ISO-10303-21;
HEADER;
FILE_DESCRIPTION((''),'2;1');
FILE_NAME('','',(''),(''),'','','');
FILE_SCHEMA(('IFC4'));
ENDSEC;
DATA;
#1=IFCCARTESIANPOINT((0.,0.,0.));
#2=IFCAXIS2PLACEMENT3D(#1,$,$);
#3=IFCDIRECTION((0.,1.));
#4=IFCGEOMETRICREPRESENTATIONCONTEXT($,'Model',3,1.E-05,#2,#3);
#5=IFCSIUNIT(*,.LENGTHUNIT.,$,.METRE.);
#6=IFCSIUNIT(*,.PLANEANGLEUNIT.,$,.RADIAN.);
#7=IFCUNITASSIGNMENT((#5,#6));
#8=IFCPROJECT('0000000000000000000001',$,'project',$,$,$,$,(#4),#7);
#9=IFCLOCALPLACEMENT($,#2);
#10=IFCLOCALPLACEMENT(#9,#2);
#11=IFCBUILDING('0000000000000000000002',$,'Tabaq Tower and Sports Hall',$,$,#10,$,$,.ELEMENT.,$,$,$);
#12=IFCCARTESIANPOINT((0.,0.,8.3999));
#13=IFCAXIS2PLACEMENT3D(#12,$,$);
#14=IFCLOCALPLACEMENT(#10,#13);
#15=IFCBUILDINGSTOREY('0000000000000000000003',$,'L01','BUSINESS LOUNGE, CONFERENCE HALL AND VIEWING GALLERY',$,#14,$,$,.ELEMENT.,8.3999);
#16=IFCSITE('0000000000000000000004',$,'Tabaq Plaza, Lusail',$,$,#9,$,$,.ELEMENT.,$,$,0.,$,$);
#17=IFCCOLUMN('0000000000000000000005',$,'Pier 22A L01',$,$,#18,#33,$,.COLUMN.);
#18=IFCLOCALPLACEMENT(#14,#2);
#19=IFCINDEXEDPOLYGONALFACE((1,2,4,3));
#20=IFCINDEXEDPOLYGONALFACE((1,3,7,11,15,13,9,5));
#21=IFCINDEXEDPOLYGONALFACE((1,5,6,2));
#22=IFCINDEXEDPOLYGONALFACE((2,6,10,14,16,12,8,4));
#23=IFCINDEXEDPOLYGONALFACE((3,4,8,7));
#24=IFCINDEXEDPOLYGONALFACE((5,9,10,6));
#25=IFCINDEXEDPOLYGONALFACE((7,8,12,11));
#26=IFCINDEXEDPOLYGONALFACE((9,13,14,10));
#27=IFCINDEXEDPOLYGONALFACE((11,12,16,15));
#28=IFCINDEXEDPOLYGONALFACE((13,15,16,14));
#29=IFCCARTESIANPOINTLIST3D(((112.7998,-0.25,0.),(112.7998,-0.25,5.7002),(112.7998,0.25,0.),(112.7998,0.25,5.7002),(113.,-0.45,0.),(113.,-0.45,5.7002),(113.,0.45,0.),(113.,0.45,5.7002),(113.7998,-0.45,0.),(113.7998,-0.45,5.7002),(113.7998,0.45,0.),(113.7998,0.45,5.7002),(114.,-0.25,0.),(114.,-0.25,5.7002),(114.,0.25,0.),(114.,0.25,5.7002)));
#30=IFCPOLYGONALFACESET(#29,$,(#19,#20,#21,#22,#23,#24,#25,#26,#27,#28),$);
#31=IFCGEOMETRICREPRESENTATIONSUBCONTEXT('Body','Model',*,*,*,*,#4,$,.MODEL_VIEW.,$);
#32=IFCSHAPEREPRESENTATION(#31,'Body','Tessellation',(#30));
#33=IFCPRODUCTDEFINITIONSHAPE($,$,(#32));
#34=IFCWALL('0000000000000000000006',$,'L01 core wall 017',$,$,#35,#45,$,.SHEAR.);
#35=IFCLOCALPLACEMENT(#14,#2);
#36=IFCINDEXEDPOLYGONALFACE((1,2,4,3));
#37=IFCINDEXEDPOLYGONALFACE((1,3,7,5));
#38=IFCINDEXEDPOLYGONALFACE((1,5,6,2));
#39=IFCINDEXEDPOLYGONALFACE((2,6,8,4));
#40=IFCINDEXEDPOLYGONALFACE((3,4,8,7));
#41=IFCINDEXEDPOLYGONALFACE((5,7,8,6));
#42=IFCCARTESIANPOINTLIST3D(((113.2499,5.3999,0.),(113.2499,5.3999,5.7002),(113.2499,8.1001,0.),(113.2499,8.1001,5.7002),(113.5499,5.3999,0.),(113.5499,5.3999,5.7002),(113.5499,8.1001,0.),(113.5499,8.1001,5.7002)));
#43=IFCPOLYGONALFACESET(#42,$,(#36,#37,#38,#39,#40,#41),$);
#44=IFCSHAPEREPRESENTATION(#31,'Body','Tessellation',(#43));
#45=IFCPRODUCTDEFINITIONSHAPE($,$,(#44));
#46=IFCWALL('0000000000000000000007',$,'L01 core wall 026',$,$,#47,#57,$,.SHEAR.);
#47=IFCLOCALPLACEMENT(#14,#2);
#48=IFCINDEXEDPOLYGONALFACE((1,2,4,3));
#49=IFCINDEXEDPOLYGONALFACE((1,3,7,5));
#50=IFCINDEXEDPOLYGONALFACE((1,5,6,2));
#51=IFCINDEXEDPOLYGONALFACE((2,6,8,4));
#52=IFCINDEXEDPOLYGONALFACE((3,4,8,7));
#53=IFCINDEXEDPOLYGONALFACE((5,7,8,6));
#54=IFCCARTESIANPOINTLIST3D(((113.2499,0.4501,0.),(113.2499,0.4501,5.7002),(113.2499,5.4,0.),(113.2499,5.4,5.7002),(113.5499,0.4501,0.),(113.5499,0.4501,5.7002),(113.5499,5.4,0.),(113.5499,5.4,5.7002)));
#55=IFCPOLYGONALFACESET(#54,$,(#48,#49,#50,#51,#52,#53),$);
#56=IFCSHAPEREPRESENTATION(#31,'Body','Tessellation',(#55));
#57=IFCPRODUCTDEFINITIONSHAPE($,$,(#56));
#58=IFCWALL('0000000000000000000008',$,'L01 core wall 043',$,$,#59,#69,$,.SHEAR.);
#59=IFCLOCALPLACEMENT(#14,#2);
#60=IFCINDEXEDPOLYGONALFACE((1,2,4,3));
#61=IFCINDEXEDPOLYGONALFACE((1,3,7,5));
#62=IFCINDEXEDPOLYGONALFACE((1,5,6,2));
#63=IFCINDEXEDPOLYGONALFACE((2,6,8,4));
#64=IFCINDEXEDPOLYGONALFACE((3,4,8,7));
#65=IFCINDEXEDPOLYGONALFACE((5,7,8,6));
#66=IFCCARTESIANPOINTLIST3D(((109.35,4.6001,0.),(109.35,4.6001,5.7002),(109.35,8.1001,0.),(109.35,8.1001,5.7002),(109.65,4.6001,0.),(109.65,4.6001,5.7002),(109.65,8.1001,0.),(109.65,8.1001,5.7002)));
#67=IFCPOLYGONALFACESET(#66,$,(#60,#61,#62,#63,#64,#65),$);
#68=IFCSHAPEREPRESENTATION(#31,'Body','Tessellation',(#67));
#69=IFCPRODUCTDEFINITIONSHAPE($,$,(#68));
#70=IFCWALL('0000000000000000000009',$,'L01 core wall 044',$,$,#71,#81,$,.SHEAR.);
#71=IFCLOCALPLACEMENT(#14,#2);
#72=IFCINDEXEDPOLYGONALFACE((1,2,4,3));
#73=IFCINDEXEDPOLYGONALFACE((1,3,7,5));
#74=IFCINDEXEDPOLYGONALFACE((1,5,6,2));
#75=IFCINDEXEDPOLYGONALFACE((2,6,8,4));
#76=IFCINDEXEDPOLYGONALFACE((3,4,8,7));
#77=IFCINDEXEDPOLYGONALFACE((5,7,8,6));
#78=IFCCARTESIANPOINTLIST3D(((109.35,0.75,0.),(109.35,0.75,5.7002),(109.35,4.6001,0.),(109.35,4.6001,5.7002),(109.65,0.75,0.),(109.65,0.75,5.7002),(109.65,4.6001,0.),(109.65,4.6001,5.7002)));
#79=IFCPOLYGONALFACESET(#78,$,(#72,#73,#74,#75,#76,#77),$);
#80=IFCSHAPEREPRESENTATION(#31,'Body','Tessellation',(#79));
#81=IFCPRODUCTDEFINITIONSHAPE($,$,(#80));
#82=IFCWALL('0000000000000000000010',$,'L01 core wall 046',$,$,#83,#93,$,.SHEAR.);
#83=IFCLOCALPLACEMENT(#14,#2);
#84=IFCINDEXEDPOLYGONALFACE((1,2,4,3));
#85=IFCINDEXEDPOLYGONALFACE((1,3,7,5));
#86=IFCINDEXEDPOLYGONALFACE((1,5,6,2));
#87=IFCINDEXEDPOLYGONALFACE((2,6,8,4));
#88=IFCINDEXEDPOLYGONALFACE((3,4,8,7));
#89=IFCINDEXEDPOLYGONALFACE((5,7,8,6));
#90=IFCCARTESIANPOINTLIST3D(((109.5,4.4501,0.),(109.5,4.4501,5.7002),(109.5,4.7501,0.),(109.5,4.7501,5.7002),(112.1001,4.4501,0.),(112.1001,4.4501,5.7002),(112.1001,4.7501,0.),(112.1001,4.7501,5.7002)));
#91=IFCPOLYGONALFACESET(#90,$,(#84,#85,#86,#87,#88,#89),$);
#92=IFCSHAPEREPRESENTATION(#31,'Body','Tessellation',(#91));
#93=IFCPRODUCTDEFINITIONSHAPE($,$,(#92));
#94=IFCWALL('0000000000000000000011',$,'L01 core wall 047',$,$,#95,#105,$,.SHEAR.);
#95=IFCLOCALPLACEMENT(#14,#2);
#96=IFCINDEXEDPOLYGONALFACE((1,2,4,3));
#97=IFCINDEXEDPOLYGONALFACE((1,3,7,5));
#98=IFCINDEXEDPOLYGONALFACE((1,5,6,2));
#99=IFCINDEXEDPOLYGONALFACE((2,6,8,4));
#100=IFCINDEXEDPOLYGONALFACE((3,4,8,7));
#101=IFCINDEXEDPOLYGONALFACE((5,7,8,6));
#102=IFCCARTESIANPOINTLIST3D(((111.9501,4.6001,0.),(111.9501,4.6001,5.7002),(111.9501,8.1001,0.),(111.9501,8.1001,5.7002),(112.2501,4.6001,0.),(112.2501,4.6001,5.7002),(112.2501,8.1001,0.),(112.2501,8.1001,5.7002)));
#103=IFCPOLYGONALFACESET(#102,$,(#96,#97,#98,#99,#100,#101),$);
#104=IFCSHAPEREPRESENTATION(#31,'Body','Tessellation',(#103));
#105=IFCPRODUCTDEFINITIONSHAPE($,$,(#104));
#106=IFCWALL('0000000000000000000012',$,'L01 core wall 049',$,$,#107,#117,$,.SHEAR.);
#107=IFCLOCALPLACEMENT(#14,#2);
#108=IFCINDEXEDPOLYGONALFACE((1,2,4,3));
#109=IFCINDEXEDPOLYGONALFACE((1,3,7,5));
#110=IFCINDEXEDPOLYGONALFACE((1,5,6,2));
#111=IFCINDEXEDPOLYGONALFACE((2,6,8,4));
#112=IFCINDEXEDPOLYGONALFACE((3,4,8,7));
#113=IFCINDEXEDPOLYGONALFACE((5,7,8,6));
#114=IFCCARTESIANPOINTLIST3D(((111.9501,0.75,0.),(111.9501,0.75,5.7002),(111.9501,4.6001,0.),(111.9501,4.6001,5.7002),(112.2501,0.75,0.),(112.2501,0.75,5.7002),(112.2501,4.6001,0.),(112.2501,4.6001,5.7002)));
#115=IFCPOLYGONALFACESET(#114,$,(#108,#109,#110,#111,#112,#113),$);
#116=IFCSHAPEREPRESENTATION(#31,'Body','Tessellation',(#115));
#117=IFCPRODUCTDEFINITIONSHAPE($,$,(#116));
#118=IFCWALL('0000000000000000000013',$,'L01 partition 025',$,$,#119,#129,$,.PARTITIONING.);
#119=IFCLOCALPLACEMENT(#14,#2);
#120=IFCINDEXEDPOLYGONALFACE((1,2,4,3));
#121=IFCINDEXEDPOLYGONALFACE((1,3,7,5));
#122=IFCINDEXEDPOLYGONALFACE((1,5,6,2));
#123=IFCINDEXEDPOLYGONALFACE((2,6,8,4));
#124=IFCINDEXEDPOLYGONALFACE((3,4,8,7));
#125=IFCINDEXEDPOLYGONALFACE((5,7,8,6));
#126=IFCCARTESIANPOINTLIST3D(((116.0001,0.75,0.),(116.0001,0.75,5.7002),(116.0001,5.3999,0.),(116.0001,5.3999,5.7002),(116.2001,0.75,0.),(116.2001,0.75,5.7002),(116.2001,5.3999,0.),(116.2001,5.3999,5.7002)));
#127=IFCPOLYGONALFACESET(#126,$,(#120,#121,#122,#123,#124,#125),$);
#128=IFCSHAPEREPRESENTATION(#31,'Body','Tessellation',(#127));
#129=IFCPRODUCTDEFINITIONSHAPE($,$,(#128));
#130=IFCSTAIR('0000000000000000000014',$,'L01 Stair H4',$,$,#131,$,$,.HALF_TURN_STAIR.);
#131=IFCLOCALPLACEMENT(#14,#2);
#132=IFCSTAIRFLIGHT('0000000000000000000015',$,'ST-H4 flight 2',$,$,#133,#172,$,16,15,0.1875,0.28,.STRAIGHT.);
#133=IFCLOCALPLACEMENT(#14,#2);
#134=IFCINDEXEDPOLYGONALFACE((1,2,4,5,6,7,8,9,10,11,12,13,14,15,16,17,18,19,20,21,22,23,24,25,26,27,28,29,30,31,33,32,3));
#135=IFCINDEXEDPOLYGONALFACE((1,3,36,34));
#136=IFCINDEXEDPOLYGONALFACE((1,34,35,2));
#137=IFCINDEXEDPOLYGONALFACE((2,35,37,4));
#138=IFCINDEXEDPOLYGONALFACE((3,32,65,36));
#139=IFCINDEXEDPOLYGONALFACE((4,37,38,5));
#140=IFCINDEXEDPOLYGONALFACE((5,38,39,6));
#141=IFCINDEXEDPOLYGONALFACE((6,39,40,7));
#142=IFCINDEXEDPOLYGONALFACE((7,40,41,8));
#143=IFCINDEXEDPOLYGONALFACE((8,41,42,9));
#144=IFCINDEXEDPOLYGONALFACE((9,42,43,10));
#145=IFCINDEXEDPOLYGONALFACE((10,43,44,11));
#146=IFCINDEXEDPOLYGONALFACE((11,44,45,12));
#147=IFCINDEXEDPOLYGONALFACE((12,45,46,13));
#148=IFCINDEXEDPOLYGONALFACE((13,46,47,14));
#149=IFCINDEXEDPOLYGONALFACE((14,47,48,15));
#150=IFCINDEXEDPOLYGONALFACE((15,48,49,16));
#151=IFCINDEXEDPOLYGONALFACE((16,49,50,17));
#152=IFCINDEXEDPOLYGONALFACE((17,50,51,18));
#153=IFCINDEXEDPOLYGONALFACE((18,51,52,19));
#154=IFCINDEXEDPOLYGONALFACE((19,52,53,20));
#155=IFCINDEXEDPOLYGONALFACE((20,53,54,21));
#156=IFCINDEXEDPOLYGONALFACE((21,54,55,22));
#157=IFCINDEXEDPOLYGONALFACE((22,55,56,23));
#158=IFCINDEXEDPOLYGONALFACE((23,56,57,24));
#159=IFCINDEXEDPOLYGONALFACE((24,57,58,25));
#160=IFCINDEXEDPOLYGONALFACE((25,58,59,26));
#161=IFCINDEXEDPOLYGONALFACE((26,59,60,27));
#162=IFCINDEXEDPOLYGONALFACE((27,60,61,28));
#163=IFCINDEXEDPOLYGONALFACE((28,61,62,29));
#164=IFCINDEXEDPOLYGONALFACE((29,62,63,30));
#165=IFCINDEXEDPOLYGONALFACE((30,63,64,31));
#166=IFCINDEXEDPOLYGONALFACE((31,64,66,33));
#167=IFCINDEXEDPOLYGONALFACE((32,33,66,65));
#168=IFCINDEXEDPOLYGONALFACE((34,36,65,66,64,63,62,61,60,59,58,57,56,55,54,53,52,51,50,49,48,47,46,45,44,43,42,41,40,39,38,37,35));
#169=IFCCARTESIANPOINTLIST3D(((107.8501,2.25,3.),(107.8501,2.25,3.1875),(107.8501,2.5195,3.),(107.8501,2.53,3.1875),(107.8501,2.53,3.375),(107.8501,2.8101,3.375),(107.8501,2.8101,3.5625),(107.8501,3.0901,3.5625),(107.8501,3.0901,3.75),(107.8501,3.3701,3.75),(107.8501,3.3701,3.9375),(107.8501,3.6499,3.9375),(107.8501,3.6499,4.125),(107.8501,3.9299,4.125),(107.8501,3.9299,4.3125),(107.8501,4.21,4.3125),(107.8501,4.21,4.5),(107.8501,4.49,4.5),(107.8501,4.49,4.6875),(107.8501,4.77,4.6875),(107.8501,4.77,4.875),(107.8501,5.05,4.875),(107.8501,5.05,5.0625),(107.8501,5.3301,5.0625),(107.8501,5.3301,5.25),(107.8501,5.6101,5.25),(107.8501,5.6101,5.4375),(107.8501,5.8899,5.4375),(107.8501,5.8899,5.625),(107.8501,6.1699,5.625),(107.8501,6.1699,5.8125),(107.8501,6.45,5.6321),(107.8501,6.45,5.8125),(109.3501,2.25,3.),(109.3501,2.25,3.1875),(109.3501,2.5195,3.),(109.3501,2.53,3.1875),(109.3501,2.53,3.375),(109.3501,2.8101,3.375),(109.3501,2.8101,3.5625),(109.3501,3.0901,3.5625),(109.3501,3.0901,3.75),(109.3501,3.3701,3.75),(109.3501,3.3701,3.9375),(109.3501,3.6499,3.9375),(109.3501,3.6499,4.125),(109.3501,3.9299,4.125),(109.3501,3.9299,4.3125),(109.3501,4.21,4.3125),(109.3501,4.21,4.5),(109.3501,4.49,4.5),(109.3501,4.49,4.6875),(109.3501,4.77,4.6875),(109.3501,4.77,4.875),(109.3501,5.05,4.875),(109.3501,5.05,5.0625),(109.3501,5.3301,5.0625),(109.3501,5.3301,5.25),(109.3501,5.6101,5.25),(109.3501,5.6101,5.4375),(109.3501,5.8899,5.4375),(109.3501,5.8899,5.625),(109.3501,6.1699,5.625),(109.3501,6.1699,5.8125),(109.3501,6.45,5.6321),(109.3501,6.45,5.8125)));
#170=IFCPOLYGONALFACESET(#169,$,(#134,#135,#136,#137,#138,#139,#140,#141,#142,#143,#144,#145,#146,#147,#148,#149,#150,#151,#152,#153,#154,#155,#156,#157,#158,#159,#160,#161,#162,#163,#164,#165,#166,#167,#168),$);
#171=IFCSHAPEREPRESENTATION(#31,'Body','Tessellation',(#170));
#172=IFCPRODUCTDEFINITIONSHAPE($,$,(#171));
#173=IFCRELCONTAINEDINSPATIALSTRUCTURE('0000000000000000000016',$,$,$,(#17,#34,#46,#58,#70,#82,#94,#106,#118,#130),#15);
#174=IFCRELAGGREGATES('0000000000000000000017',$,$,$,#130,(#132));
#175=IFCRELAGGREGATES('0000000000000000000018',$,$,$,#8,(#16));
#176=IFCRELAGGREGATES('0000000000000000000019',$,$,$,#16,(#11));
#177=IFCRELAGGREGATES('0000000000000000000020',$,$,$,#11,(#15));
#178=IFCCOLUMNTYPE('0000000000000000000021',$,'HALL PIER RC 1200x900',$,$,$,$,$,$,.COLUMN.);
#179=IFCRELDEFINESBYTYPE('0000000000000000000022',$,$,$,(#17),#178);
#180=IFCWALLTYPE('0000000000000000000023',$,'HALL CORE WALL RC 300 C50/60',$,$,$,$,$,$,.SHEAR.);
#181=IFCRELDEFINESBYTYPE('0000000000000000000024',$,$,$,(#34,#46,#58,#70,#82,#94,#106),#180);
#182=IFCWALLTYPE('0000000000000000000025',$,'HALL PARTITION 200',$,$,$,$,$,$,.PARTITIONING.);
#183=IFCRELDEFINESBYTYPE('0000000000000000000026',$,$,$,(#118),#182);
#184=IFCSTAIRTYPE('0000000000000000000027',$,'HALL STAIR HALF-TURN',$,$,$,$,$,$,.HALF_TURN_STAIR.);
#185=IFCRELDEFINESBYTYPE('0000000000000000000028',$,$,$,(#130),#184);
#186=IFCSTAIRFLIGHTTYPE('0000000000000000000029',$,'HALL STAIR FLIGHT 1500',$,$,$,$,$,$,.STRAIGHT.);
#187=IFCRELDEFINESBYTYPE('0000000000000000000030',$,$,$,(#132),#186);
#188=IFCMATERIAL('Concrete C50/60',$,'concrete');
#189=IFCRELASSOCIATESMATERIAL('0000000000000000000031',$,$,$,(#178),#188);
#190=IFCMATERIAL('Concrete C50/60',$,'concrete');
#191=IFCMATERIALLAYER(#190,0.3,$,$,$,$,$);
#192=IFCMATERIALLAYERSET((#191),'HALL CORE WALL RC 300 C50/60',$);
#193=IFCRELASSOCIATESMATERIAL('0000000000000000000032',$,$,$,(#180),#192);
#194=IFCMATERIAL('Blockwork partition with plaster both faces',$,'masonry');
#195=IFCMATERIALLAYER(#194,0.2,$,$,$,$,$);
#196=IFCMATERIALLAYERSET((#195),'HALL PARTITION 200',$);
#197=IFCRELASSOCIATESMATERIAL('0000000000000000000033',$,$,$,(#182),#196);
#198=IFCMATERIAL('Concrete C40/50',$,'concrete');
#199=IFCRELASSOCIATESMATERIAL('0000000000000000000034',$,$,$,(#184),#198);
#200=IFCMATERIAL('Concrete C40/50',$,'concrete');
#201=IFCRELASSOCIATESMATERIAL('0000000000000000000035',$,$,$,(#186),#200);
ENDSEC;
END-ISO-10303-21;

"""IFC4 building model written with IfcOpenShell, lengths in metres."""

from ifc_helpers import new_model, si_unit, direction, frame, frame_2d, origin, place, context, subcontext, project, spatial, polyline, rectangle, outline, extrude, material, layer, layer_set, material_profile, profile_set, type_object, element, aggregate, save


model = new_model("IFC4")

# Units and contexts
model_context = context("Model", 3, precision=1e-05, world=origin(), true_north=direction((0.0, 1.0)))
body_context = subcontext(model_context, "Body", "Model", "MODEL_VIEW")
ifc_project = project(units=[si_unit("LENGTHUNIT", "METRE"), si_unit("PLANEANGLEUNIT", "RADIAN")], contexts=[model_context])

# Site, building, storey
site_placement = place(None, origin())
site = spatial("IfcSite", under=ifc_project, at=site_placement, Name="Tabaq Plaza, Lusail", CompositionType="ELEMENT", RefElevation=0.0)
building_placement = place(site_placement, origin())
building = spatial("IfcBuilding", under=site, at=building_placement, Name="Tabaq Tower and Sports Hall", CompositionType="ELEMENT")
storey_placement = place(building_placement, frame((0.0, 0.0, 8.3999)))
storey = spatial("IfcBuildingStorey", under=building, at=storey_placement, Name="L01", Description="BUSINESS LOUNGE, CONFERENCE HALL AND VIEWING GALLERY", CompositionType="ELEMENT", Elevation=8.3999)

# Column
ifc_material_1 = material(Name="Concrete C50/60", Category="concrete")
ifc_material_profile = material_profile(ifc_material_1, outline(polyline([(-0.3999, -0.45), (0.3999, -0.45), (0.6001, -0.25), (0.6001, 0.25), (0.3999, 0.45), (-0.3999, 0.45), (-0.6001, 0.25), (-0.6001, -0.25), (-0.3999, -0.45)])), Name="PIER 1200x900")
ifc_profile_set = profile_set([ifc_material_profile], Name="Concrete C50/60")
column_type = type_object("IfcColumnType", Name="HALL PIER RC 1200x900", PredefinedType="COLUMN", material=ifc_profile_set)
column_placement = place(storey_placement, frame((113.3999, 0.0, 0.0), z_axis=(0.0, 0.0, 1.0), x_axis=(1.0, 0.0, 0.0)))
element("IfcColumn", 1, at=column_placement, inside=storey, type_object=column_type, Name="Pier 22A L01", PredefinedType="COLUMN", context=body_context, shape_type="SweptSolid", body=[
    extrude(outline(polyline([(-0.3999, -0.45), (0.3999, -0.45), (0.6001, -0.25), (0.6001, 0.25), (0.3999, 0.45), (-0.3999, 0.45), (-0.6001, 0.25), (-0.6001, -0.25), (-0.3999, -0.45)])), origin(), (0.0, 0.0, 1.0), 5.7002),
])

# Walls
ifc_material_2 = material(Name="Concrete C50/60", Category="concrete")
ifc_layer_1 = layer(ifc_material_2, 0.3)
ifc_layer_set_1 = layer_set([ifc_layer_1], Name="HALL CORE WALL RC 300 C50/60")
wall_type_1 = type_object("IfcWallType", Name="HALL CORE WALL RC 300 C50/60", PredefinedType="SHEAR", material=ifc_layer_set_1)
wall_1_placement = place(storey_placement, frame((113.3999, 5.3999, 0.0), z_axis=(0.0, 0.0, 1.0), x_axis=(0.0, 1.0, 0.0)))
element("IfcWall", 2, at=wall_1_placement, inside=storey, type_object=wall_type_1, Name="L01 core wall 017", PredefinedType="SHEAR", context=body_context, shape_type="SweptSolid", body=[
    extrude(rectangle(XDim=2.7002, YDim=0.3, at=frame_2d((1.3501, 0.0))), origin(), (0.0, 0.0, 1.0), 5.7002),
])
wall_2_placement = place(storey_placement, frame((113.3999, 0.45, 0.0), z_axis=(0.0, 0.0, 1.0), x_axis=(0.0, 1.0, 0.0)))
element("IfcWall", 3, at=wall_2_placement, inside=storey, type_object=wall_type_1, Name="L01 core wall 026", PredefinedType="SHEAR", context=body_context, shape_type="SweptSolid", body=[
    extrude(rectangle(XDim=4.95, YDim=0.3, at=frame_2d((2.4751, 0.0))), origin(), (0.0, 0.0, 1.0), 5.7002),
])
wall_3_placement = place(storey_placement, frame((109.5, 4.6001, 0.0), z_axis=(0.0, 0.0, 1.0), x_axis=(0.0, 1.0, 0.0)))
element("IfcWall", 4, at=wall_3_placement, inside=storey, type_object=wall_type_1, Name="L01 core wall 043", PredefinedType="SHEAR", context=body_context, shape_type="SweptSolid", body=[
    extrude(rectangle(XDim=3.5, YDim=0.3, at=frame_2d((1.75, 0.0))), origin(), (0.0, 0.0, 1.0), 5.7002),
])
wall_4_placement = place(storey_placement, frame((109.5, 0.75, 0.0), z_axis=(0.0, 0.0, 1.0), x_axis=(0.0, 1.0, 0.0)))
element("IfcWall", 5, at=wall_4_placement, inside=storey, type_object=wall_type_1, Name="L01 core wall 044", PredefinedType="SHEAR", context=body_context, shape_type="SweptSolid", body=[
    extrude(rectangle(XDim=3.8501, YDim=0.3, at=frame_2d((1.925, 0.0))), origin(), (0.0, 0.0, 1.0), 5.7002),
])
wall_5_placement = place(storey_placement, frame((109.5, 4.6001, 0.0), z_axis=(0.0, 0.0, 1.0), x_axis=(1.0, 0.0, 0.0)))
element("IfcWall", 6, at=wall_5_placement, inside=storey, type_object=wall_type_1, Name="L01 core wall 046", PredefinedType="SHEAR", context=body_context, shape_type="SweptSolid", body=[
    extrude(rectangle(XDim=2.6001, YDim=0.3, at=frame_2d((1.3, 0.0))), origin(), (0.0, 0.0, 1.0), 5.7002),
])
wall_6_placement = place(storey_placement, frame((112.1001, 4.6001, 0.0), z_axis=(0.0, 0.0, 1.0), x_axis=(0.0, 1.0, 0.0)))
element("IfcWall", 7, at=wall_6_placement, inside=storey, type_object=wall_type_1, Name="L01 core wall 047", PredefinedType="SHEAR", context=body_context, shape_type="SweptSolid", body=[
    extrude(rectangle(XDim=3.5, YDim=0.3, at=frame_2d((1.75, 0.0))), origin(), (0.0, 0.0, 1.0), 5.7002),
])
wall_7_placement = place(storey_placement, frame((112.1001, 0.75, 0.0), z_axis=(0.0, 0.0, 1.0), x_axis=(0.0, 1.0, 0.0)))
element("IfcWall", 8, at=wall_7_placement, inside=storey, type_object=wall_type_1, Name="L01 core wall 049", PredefinedType="SHEAR", context=body_context, shape_type="SweptSolid", body=[
    extrude(rectangle(XDim=3.8501, YDim=0.3, at=frame_2d((1.925, 0.0))), origin(), (0.0, 0.0, 1.0), 5.7002),
])

# Shared definitions
ifc_material_3 = material(Name="Blockwork partition with plaster both faces", Category="masonry")
ifc_layer_2 = layer(ifc_material_3, 0.2)
ifc_layer_set_2 = layer_set([ifc_layer_2], Name="HALL PARTITION 200")
wall_type_2 = type_object("IfcWallType", Name="HALL PARTITION 200", PredefinedType="PARTITIONING", material=ifc_layer_set_2)

# Wall
wall_8_placement = place(storey_placement, frame((116.1001, 0.75, 0.0), z_axis=(0.0, 0.0, 1.0), x_axis=(0.0, 1.0, 0.0)))
element("IfcWall", 9, at=wall_8_placement, inside=storey, type_object=wall_type_2, Name="L01 partition 025", PredefinedType="PARTITIONING", context=body_context, shape_type="SweptSolid", body=[
    extrude(rectangle(XDim=4.6499, YDim=0.2, at=frame_2d((2.325, 0.0))), origin(), (0.0, 0.0, 1.0), 5.7002),
])

# Stair, stair flight
ifc_material_4 = material(Name="Concrete C40/50", Category="concrete")
stair_type = type_object("IfcStairType", Name="HALL STAIR HALF-TURN", PredefinedType="HALF_TURN_STAIR", material=ifc_material_4)
stair_placement = place(storey_placement, origin())
stair = element("IfcStair", 10, at=stair_placement, inside=storey, type_object=stair_type, Name="L01 Stair H4", PredefinedType="HALF_TURN_STAIR")
ifc_material_5 = material(Name="Concrete C40/50", Category="concrete")
stair_flight_type = type_object("IfcStairFlightType", Name="HALL STAIR FLIGHT 1500", PredefinedType="STRAIGHT", material=ifc_material_5)
stair_flight_placement = place(storey_placement, frame((108.6001, 2.25, 3.0), z_axis=(0.0, 0.0, 1.0), x_axis=(0.0, 1.0, 0.0)))
stair_flight = element("IfcStairFlight", 11, at=stair_flight_placement, type_object=stair_flight_type, Name="ST-H4 flight 2", NumberOfRisers=16, NumberOfTreads=15, PredefinedType="STRAIGHT", RiserHeight=0.1875, TreadLength=0.28, context=body_context, shape_type="SweptSolid", body=[
    extrude(outline(polyline([(0.0, 0.0), (0.0, 0.1875), (0.28, 0.1875), (0.28, 0.375), (0.5601, 0.375), (0.5601, 0.5625), (0.8401, 0.5625), (0.8401, 0.75), (1.1201, 0.75), (1.1201, 0.9375), (1.3999, 0.9375), (1.3999, 1.125), (1.6799, 1.125), (1.6799, 1.3125), (1.96, 1.3125), (1.96, 1.5), (2.24, 1.5), (2.24, 1.6875), (2.52, 1.6875), (2.52, 1.875), (2.8, 1.875), (2.8, 2.0625), (3.0801, 2.0625), (3.0801, 2.25), (3.3601, 2.25), (3.3601, 2.4375), (3.6399, 2.4375), (3.6399, 2.625), (3.9199, 2.625), (3.9199, 2.8125), (4.2, 2.8125), (4.2, 3.0), (4.2, 2.6321), (0.2695, 0.0), (0.0, 0.0)])), frame((0.0, 0.75, 0.0), z_axis=(0.0, -1.0, 0.0), x_axis=(1.0, 0.0, 0.0)), (0.0, 0.0, 1.0), 1.5),
])
aggregate(stair, [stair_flight])

save(model, "model.ifc")
